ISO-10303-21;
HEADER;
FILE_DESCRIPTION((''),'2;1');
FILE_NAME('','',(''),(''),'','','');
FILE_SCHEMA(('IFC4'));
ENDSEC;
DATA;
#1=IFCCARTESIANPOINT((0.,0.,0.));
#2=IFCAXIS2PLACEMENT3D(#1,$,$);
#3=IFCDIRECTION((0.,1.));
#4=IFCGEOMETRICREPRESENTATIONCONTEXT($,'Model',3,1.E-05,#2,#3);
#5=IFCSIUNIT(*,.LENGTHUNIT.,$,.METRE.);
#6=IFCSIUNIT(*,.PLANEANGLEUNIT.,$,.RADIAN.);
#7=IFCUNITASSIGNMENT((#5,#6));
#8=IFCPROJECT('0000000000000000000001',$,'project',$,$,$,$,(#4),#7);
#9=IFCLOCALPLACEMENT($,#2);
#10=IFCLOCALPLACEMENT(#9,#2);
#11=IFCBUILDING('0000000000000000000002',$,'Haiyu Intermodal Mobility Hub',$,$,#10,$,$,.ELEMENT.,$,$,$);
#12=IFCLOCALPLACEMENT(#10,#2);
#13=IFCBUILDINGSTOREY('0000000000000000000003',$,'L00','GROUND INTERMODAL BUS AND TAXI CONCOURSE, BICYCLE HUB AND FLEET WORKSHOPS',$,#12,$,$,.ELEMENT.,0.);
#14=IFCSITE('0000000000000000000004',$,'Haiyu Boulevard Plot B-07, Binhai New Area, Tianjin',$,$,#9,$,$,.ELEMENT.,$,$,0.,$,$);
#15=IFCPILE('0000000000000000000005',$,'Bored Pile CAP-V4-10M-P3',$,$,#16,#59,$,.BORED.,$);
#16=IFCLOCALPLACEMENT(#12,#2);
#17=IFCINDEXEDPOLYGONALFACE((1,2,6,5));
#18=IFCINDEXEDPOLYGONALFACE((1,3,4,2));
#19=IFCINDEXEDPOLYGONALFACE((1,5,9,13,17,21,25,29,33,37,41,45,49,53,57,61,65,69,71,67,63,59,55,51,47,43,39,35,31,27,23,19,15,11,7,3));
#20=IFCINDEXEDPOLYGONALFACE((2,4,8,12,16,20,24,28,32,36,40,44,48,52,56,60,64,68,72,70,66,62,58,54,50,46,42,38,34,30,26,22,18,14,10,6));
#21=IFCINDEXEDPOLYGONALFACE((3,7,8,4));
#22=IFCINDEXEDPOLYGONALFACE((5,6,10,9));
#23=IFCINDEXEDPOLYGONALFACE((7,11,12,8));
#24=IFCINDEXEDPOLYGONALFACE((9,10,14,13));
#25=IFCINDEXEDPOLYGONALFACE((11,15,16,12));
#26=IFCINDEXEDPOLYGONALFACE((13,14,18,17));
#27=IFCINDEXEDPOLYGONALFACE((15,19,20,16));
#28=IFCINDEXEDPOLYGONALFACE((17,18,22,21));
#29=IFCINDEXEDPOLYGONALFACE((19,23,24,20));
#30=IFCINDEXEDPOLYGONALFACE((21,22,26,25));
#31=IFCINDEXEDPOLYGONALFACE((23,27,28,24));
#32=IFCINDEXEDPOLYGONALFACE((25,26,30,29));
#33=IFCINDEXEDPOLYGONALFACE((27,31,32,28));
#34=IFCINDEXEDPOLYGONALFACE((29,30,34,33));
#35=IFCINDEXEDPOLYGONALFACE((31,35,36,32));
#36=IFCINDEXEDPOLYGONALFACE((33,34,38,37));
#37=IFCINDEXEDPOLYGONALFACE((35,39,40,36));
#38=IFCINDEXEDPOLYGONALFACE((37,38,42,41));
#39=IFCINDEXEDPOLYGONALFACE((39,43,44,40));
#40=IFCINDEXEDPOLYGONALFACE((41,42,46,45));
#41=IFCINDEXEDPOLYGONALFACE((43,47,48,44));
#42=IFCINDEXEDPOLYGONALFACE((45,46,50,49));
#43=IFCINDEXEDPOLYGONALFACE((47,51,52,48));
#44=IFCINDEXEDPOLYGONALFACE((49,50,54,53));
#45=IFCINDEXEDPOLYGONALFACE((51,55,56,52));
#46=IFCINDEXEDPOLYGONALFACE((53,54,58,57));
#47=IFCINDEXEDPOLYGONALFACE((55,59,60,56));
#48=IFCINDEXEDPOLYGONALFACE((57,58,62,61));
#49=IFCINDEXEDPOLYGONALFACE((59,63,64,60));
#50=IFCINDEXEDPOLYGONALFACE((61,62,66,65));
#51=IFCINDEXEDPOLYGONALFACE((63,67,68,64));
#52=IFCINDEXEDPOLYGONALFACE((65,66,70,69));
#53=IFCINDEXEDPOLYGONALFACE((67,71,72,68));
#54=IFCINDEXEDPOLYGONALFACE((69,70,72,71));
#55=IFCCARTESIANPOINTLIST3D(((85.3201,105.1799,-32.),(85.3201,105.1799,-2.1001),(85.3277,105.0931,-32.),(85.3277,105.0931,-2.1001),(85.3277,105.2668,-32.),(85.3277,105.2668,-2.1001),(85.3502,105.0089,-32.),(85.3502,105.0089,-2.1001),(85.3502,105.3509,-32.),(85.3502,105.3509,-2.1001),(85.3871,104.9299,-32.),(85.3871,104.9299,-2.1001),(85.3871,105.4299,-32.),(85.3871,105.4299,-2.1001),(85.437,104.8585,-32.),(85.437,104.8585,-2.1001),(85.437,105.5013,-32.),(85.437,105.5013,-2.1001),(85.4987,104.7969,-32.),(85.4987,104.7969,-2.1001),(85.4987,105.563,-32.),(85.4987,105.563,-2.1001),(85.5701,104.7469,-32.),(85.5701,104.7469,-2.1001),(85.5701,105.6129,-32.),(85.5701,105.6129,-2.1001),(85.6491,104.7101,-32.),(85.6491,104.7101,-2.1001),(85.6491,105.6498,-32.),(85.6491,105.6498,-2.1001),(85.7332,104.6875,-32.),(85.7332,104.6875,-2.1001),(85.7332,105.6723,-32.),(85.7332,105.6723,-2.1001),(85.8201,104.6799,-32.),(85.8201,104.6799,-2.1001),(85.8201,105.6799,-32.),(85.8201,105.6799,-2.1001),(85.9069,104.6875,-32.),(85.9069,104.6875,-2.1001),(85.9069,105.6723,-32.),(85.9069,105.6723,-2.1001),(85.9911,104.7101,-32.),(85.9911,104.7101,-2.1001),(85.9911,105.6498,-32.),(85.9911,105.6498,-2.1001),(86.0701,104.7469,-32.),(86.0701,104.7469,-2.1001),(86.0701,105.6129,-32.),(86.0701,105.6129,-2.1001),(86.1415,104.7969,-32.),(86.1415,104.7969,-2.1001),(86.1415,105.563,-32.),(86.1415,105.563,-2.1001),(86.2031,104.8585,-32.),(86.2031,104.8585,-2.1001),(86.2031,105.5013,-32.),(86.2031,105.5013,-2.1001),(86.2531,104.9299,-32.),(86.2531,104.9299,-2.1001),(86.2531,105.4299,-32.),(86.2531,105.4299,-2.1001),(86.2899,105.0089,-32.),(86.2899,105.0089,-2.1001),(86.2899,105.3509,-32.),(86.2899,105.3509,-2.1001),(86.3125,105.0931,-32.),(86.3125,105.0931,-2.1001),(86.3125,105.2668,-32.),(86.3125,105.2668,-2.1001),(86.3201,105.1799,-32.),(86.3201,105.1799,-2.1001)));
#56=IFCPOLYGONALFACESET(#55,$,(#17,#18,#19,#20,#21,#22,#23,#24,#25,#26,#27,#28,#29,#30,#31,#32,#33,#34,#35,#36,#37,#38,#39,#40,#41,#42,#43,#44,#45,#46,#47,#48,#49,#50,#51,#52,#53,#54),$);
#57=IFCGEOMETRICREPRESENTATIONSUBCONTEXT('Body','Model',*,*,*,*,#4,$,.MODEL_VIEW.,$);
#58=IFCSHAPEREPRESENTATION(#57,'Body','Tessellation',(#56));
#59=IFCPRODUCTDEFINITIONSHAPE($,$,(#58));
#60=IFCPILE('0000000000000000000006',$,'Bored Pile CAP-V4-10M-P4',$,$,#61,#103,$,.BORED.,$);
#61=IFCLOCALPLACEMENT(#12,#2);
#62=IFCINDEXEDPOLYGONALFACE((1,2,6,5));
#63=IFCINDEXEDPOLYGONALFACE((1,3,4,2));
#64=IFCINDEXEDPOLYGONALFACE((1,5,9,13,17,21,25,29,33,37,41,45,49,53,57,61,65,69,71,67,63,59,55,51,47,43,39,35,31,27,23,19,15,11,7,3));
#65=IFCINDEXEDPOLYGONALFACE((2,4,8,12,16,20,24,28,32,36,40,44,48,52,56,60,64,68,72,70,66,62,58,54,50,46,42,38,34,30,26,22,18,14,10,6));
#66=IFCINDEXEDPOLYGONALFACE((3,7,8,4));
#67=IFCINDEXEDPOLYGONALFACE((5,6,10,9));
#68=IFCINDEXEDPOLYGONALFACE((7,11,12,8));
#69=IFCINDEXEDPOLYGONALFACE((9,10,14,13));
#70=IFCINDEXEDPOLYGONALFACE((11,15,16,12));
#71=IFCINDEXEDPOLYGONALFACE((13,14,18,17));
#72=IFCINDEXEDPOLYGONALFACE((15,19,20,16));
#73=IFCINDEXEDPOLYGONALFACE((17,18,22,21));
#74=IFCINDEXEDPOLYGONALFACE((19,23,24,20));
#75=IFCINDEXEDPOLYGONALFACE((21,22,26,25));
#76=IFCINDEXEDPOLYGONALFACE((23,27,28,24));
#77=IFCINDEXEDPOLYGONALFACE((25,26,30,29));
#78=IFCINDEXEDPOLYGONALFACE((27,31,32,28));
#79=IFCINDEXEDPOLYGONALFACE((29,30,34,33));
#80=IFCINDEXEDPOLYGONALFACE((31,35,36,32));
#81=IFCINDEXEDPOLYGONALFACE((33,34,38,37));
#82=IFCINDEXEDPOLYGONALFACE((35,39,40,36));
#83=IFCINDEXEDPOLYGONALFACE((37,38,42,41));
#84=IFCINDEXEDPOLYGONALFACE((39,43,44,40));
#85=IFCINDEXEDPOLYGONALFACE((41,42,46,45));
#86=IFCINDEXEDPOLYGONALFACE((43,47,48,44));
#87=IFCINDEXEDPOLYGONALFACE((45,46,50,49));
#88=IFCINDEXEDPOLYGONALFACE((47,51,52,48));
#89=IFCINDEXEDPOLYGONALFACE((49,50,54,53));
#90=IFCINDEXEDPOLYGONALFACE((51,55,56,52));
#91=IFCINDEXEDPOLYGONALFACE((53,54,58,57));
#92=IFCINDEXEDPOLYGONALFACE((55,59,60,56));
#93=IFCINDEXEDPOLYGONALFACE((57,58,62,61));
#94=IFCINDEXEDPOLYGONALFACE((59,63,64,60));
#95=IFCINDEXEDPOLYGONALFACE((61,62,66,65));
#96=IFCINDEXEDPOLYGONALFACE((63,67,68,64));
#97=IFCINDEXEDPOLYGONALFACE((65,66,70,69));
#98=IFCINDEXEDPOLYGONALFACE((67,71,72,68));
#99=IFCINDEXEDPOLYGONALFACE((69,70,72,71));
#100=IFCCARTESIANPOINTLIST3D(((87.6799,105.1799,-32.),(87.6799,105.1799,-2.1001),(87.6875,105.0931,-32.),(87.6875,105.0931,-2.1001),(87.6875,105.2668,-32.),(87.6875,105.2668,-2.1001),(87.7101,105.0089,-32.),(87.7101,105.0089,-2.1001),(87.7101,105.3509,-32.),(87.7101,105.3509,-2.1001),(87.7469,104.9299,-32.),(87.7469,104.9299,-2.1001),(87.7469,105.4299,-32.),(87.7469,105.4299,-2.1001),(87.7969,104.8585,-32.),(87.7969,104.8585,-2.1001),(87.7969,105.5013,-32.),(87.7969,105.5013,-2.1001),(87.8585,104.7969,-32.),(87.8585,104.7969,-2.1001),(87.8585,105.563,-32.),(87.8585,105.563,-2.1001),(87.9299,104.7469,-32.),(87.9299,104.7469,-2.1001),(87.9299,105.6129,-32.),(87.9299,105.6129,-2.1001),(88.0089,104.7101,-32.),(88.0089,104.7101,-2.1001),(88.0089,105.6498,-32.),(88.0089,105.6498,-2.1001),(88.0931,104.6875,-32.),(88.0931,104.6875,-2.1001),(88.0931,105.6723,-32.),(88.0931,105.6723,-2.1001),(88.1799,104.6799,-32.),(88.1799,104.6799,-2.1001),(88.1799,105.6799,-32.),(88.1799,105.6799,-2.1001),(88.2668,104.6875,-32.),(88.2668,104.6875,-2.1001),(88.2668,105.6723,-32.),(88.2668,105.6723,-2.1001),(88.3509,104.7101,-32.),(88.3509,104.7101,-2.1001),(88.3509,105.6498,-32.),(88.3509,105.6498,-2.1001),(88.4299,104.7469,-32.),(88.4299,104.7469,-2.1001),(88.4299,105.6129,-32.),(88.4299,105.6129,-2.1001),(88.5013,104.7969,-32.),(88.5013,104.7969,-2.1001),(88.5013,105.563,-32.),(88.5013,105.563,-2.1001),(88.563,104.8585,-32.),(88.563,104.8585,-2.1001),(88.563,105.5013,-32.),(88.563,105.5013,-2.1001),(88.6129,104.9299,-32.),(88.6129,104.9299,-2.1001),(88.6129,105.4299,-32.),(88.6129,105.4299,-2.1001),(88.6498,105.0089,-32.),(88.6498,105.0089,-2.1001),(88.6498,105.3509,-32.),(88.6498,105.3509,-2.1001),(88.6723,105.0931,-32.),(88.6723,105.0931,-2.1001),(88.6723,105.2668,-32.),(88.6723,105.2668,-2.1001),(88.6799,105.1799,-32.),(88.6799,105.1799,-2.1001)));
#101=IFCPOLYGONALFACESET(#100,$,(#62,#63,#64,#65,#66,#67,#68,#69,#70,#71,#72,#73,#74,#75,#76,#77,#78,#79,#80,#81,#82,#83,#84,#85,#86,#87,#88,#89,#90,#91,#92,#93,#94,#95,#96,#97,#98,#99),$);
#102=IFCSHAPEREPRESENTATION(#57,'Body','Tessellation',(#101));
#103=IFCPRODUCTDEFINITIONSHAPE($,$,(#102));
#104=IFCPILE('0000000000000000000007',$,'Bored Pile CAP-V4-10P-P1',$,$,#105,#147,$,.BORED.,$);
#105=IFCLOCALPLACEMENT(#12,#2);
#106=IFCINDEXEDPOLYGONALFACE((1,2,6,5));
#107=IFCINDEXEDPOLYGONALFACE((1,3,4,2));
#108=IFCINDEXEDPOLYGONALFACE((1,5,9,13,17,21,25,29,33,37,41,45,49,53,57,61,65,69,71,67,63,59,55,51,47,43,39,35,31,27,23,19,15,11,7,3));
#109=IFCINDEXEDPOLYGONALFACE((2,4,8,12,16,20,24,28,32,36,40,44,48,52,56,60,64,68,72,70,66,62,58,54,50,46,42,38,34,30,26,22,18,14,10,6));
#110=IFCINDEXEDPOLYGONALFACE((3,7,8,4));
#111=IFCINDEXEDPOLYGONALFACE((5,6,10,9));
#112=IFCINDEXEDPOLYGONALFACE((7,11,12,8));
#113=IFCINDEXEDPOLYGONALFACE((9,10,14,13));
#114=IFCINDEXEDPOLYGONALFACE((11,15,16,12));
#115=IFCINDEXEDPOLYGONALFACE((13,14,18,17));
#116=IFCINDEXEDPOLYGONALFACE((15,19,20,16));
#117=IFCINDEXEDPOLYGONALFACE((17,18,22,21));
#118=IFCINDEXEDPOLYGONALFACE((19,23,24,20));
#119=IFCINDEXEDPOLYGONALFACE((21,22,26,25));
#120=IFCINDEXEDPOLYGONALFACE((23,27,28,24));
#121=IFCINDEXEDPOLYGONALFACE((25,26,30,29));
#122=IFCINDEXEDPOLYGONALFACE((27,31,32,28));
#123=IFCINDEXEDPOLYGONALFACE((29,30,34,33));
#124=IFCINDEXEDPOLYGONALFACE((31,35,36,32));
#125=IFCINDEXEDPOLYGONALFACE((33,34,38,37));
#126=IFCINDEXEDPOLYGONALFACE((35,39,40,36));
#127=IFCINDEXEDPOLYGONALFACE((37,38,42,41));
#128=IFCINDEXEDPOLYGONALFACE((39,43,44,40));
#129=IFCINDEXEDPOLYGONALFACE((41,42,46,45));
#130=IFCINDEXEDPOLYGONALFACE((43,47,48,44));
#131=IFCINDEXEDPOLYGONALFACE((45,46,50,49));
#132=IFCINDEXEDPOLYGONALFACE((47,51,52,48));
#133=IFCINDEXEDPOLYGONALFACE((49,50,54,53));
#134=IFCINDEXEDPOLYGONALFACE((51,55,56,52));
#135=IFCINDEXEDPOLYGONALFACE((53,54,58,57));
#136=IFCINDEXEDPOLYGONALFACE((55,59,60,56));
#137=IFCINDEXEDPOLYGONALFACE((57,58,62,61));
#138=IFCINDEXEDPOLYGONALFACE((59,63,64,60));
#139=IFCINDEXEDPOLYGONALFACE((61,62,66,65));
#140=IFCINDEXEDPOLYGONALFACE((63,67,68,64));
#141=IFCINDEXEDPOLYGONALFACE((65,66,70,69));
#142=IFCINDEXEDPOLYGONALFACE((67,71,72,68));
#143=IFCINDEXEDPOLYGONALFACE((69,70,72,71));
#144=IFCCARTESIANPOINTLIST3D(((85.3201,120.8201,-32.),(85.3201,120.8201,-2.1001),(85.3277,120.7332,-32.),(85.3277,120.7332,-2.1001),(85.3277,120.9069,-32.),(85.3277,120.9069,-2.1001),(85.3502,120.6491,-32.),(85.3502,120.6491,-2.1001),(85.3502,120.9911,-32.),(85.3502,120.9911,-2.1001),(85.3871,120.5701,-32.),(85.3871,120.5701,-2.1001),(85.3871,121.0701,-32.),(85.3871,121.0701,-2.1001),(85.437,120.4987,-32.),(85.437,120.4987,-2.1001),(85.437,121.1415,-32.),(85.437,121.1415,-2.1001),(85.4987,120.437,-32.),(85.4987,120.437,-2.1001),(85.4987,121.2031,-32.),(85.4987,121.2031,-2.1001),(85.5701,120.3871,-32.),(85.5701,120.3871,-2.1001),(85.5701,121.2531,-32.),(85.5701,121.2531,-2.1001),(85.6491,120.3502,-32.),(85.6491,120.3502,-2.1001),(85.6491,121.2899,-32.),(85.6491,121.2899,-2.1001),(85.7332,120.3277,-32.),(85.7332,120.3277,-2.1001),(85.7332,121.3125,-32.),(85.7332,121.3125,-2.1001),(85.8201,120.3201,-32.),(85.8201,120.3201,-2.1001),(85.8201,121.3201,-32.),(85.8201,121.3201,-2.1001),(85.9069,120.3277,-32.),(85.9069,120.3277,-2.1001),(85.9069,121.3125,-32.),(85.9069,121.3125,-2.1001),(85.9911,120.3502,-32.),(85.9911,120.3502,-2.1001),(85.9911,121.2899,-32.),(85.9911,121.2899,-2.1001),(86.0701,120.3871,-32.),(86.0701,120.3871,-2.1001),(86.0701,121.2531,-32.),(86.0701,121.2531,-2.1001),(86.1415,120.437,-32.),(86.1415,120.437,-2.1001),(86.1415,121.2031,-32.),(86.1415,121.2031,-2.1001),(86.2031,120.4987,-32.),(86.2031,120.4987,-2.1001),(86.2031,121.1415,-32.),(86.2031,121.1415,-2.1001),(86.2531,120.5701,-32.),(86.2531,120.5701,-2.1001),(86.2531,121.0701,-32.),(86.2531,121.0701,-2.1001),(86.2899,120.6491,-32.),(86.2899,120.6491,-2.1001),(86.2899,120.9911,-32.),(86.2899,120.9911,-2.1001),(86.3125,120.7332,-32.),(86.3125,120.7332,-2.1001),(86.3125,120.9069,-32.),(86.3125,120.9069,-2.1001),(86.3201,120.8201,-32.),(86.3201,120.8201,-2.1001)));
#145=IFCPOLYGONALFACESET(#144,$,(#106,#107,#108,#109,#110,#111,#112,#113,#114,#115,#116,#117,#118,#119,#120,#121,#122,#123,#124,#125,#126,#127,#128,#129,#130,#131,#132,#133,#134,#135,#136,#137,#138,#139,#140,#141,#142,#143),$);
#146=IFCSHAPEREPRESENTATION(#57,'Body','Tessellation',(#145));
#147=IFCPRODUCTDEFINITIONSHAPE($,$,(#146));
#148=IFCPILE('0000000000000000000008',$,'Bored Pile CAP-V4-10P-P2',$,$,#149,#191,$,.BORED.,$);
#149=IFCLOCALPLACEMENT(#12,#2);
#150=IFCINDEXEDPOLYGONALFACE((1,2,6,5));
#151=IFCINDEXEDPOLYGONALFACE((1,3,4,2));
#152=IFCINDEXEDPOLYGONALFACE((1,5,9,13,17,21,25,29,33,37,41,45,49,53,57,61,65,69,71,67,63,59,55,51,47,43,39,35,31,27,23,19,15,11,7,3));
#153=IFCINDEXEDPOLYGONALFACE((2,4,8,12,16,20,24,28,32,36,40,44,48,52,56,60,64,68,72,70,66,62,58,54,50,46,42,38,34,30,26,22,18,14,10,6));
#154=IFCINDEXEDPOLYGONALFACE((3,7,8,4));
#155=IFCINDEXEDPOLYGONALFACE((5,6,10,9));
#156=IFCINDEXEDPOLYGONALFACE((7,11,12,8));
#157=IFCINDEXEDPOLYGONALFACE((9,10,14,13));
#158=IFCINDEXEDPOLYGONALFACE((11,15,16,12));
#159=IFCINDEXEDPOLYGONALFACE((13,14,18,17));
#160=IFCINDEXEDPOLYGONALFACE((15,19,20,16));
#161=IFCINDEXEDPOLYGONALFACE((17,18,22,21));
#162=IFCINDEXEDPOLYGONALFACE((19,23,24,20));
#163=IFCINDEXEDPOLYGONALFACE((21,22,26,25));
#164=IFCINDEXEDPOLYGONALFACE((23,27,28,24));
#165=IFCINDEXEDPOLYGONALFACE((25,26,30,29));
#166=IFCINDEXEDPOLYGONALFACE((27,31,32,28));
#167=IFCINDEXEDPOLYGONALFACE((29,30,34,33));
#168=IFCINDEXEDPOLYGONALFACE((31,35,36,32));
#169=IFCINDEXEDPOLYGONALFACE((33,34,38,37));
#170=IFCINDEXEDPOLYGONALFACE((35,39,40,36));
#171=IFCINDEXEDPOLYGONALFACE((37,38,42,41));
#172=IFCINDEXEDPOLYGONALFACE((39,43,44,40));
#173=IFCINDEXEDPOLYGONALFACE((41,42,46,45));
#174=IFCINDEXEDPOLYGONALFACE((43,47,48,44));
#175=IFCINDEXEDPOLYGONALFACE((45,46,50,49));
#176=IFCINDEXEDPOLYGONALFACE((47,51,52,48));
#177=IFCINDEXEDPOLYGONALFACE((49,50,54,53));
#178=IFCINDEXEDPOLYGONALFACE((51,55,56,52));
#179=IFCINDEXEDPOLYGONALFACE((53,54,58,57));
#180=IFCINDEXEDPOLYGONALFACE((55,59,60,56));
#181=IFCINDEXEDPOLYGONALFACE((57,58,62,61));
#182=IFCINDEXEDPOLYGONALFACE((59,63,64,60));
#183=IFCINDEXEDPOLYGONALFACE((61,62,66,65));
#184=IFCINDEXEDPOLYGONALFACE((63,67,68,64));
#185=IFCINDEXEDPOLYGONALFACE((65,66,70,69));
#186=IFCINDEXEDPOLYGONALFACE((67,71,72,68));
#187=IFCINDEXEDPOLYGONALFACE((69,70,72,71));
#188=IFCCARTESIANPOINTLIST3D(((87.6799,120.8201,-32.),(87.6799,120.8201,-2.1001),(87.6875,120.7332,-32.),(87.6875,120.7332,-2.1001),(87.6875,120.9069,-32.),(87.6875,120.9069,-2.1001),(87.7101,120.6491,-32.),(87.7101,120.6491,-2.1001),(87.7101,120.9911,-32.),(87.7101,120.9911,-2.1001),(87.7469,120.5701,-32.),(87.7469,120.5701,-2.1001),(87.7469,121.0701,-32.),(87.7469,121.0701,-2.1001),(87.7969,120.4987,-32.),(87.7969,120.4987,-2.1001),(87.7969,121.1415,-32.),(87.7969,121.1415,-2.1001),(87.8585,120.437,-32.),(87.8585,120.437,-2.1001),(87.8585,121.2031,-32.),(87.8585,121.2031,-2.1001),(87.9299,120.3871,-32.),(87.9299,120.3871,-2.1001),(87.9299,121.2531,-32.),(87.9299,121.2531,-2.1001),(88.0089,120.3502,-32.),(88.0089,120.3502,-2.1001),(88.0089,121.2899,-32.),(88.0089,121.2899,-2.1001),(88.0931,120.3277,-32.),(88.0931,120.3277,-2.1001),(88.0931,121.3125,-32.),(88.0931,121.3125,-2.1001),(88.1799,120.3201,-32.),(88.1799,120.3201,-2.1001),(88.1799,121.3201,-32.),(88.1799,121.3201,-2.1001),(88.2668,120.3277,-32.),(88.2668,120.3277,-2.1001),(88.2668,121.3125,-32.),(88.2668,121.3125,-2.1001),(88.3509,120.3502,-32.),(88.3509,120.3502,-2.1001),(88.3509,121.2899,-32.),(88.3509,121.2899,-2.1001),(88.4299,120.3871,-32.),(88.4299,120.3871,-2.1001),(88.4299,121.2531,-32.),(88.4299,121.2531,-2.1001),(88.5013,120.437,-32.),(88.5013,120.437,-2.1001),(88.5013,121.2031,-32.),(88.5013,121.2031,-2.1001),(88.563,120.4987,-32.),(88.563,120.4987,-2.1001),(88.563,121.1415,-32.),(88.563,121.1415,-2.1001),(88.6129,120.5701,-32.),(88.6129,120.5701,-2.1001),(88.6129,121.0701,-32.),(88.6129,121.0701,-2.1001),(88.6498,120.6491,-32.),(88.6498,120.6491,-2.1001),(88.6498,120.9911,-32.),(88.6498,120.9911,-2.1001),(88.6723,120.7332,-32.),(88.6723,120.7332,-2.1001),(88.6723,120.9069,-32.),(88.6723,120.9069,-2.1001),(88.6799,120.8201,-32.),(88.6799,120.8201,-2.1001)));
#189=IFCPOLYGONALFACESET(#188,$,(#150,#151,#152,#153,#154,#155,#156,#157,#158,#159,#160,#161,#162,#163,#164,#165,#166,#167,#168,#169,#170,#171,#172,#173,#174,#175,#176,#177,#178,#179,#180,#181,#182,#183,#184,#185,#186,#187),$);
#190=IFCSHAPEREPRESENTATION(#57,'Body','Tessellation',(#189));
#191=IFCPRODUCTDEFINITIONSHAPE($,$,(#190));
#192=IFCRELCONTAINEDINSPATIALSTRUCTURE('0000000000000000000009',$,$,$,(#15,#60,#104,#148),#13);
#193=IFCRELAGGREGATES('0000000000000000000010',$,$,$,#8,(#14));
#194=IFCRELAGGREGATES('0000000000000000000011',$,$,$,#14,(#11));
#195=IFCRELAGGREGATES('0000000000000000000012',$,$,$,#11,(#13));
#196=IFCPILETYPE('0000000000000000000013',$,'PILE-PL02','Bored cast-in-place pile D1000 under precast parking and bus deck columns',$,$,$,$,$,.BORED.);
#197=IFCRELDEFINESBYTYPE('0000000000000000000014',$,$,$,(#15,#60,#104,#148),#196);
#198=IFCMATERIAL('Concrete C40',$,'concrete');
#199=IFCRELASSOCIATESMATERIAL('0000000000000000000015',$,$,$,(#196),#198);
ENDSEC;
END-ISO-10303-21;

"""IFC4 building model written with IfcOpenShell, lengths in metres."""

from ifc_helpers import new_model, si_unit, direction, frame, origin, origin_2d, place, context, subcontext, project, spatial, circle, extrude, material, material_profile, profile_set, type_object, element, save


model = new_model("IFC4")

# Units and contexts
model_context = context("Model", 3, precision=1e-05, world=origin(), true_north=direction((0.0, 1.0)))
body_context = subcontext(model_context, "Body", "Model", "MODEL_VIEW")
ifc_project = project(units=[si_unit("LENGTHUNIT", "METRE"), si_unit("PLANEANGLEUNIT", "RADIAN")], contexts=[model_context])

# Site, building, storey
site_placement = place(None, origin())
site = spatial("IfcSite", under=ifc_project, at=site_placement, Name="Haiyu Boulevard Plot B-07, Binhai New Area, Tianjin", CompositionType="ELEMENT", RefElevation=0.0)
building_placement = place(site_placement, origin())
building = spatial("IfcBuilding", under=site, at=building_placement, Name="Haiyu Intermodal Mobility Hub", CompositionType="ELEMENT")
storey_placement = place(building_placement, origin())
storey = spatial("IfcBuildingStorey", under=building, at=storey_placement, Name="L00", Description="GROUND INTERMODAL BUS AND TAXI CONCOURSE, BICYCLE HUB AND FLEET WORKSHOPS", CompositionType="ELEMENT", Elevation=0.0)

# Shared definitions
ifc_material_1 = material(Name="Concrete C40", Category="concrete")

# Piles
ifc_material_profile_1 = material_profile(ifc_material_1, circle(Radius=0.5, at=origin_2d()), Name="PILE-D1000")
ifc_profile_set_1 = profile_set([ifc_material_profile_1], Name="Concrete C40")
pile_type = type_object("IfcPileType", Name="PILE-PL02", Description="Bored cast-in-place pile D1000 under precast parking and bus deck columns", PredefinedType="BORED", material=ifc_profile_set_1)
for number, where, z_axis, x_axis, name in (
    (1, (85.8201, 105.1799, -2.1001), (0.0, 0.0, -1.0), (1.0, 0.0, 0.0), "Bored Pile CAP-V4-10M-P3"),
    (2, (88.1799, 105.1799, -2.1001), (0.0, 0.0, -1.0), (1.0, 0.0, 0.0), "Bored Pile CAP-V4-10M-P4"),
    (3, (85.8201, 120.8201, -2.1001), (0.0, 0.0, -1.0), (1.0, 0.0, 0.0), "Bored Pile CAP-V4-10P-P1"),
    (4, (88.1799, 120.8201, -2.1001), (0.0, 0.0, -1.0), (1.0, 0.0, 0.0), "Bored Pile CAP-V4-10P-P2"),
):
    element("IfcPile", number, at=place(storey_placement, frame(where, z_axis=z_axis, x_axis=x_axis)), inside=storey, type_object=pile_type, Name=name, PredefinedType="BORED", context=body_context, shape_type="SweptSolid", body=[
        extrude(circle(Radius=0.5, at=origin_2d()), origin(), (0.0, 0.0, 1.0), 29.8999),
    ])

save(model, "model.ifc")
